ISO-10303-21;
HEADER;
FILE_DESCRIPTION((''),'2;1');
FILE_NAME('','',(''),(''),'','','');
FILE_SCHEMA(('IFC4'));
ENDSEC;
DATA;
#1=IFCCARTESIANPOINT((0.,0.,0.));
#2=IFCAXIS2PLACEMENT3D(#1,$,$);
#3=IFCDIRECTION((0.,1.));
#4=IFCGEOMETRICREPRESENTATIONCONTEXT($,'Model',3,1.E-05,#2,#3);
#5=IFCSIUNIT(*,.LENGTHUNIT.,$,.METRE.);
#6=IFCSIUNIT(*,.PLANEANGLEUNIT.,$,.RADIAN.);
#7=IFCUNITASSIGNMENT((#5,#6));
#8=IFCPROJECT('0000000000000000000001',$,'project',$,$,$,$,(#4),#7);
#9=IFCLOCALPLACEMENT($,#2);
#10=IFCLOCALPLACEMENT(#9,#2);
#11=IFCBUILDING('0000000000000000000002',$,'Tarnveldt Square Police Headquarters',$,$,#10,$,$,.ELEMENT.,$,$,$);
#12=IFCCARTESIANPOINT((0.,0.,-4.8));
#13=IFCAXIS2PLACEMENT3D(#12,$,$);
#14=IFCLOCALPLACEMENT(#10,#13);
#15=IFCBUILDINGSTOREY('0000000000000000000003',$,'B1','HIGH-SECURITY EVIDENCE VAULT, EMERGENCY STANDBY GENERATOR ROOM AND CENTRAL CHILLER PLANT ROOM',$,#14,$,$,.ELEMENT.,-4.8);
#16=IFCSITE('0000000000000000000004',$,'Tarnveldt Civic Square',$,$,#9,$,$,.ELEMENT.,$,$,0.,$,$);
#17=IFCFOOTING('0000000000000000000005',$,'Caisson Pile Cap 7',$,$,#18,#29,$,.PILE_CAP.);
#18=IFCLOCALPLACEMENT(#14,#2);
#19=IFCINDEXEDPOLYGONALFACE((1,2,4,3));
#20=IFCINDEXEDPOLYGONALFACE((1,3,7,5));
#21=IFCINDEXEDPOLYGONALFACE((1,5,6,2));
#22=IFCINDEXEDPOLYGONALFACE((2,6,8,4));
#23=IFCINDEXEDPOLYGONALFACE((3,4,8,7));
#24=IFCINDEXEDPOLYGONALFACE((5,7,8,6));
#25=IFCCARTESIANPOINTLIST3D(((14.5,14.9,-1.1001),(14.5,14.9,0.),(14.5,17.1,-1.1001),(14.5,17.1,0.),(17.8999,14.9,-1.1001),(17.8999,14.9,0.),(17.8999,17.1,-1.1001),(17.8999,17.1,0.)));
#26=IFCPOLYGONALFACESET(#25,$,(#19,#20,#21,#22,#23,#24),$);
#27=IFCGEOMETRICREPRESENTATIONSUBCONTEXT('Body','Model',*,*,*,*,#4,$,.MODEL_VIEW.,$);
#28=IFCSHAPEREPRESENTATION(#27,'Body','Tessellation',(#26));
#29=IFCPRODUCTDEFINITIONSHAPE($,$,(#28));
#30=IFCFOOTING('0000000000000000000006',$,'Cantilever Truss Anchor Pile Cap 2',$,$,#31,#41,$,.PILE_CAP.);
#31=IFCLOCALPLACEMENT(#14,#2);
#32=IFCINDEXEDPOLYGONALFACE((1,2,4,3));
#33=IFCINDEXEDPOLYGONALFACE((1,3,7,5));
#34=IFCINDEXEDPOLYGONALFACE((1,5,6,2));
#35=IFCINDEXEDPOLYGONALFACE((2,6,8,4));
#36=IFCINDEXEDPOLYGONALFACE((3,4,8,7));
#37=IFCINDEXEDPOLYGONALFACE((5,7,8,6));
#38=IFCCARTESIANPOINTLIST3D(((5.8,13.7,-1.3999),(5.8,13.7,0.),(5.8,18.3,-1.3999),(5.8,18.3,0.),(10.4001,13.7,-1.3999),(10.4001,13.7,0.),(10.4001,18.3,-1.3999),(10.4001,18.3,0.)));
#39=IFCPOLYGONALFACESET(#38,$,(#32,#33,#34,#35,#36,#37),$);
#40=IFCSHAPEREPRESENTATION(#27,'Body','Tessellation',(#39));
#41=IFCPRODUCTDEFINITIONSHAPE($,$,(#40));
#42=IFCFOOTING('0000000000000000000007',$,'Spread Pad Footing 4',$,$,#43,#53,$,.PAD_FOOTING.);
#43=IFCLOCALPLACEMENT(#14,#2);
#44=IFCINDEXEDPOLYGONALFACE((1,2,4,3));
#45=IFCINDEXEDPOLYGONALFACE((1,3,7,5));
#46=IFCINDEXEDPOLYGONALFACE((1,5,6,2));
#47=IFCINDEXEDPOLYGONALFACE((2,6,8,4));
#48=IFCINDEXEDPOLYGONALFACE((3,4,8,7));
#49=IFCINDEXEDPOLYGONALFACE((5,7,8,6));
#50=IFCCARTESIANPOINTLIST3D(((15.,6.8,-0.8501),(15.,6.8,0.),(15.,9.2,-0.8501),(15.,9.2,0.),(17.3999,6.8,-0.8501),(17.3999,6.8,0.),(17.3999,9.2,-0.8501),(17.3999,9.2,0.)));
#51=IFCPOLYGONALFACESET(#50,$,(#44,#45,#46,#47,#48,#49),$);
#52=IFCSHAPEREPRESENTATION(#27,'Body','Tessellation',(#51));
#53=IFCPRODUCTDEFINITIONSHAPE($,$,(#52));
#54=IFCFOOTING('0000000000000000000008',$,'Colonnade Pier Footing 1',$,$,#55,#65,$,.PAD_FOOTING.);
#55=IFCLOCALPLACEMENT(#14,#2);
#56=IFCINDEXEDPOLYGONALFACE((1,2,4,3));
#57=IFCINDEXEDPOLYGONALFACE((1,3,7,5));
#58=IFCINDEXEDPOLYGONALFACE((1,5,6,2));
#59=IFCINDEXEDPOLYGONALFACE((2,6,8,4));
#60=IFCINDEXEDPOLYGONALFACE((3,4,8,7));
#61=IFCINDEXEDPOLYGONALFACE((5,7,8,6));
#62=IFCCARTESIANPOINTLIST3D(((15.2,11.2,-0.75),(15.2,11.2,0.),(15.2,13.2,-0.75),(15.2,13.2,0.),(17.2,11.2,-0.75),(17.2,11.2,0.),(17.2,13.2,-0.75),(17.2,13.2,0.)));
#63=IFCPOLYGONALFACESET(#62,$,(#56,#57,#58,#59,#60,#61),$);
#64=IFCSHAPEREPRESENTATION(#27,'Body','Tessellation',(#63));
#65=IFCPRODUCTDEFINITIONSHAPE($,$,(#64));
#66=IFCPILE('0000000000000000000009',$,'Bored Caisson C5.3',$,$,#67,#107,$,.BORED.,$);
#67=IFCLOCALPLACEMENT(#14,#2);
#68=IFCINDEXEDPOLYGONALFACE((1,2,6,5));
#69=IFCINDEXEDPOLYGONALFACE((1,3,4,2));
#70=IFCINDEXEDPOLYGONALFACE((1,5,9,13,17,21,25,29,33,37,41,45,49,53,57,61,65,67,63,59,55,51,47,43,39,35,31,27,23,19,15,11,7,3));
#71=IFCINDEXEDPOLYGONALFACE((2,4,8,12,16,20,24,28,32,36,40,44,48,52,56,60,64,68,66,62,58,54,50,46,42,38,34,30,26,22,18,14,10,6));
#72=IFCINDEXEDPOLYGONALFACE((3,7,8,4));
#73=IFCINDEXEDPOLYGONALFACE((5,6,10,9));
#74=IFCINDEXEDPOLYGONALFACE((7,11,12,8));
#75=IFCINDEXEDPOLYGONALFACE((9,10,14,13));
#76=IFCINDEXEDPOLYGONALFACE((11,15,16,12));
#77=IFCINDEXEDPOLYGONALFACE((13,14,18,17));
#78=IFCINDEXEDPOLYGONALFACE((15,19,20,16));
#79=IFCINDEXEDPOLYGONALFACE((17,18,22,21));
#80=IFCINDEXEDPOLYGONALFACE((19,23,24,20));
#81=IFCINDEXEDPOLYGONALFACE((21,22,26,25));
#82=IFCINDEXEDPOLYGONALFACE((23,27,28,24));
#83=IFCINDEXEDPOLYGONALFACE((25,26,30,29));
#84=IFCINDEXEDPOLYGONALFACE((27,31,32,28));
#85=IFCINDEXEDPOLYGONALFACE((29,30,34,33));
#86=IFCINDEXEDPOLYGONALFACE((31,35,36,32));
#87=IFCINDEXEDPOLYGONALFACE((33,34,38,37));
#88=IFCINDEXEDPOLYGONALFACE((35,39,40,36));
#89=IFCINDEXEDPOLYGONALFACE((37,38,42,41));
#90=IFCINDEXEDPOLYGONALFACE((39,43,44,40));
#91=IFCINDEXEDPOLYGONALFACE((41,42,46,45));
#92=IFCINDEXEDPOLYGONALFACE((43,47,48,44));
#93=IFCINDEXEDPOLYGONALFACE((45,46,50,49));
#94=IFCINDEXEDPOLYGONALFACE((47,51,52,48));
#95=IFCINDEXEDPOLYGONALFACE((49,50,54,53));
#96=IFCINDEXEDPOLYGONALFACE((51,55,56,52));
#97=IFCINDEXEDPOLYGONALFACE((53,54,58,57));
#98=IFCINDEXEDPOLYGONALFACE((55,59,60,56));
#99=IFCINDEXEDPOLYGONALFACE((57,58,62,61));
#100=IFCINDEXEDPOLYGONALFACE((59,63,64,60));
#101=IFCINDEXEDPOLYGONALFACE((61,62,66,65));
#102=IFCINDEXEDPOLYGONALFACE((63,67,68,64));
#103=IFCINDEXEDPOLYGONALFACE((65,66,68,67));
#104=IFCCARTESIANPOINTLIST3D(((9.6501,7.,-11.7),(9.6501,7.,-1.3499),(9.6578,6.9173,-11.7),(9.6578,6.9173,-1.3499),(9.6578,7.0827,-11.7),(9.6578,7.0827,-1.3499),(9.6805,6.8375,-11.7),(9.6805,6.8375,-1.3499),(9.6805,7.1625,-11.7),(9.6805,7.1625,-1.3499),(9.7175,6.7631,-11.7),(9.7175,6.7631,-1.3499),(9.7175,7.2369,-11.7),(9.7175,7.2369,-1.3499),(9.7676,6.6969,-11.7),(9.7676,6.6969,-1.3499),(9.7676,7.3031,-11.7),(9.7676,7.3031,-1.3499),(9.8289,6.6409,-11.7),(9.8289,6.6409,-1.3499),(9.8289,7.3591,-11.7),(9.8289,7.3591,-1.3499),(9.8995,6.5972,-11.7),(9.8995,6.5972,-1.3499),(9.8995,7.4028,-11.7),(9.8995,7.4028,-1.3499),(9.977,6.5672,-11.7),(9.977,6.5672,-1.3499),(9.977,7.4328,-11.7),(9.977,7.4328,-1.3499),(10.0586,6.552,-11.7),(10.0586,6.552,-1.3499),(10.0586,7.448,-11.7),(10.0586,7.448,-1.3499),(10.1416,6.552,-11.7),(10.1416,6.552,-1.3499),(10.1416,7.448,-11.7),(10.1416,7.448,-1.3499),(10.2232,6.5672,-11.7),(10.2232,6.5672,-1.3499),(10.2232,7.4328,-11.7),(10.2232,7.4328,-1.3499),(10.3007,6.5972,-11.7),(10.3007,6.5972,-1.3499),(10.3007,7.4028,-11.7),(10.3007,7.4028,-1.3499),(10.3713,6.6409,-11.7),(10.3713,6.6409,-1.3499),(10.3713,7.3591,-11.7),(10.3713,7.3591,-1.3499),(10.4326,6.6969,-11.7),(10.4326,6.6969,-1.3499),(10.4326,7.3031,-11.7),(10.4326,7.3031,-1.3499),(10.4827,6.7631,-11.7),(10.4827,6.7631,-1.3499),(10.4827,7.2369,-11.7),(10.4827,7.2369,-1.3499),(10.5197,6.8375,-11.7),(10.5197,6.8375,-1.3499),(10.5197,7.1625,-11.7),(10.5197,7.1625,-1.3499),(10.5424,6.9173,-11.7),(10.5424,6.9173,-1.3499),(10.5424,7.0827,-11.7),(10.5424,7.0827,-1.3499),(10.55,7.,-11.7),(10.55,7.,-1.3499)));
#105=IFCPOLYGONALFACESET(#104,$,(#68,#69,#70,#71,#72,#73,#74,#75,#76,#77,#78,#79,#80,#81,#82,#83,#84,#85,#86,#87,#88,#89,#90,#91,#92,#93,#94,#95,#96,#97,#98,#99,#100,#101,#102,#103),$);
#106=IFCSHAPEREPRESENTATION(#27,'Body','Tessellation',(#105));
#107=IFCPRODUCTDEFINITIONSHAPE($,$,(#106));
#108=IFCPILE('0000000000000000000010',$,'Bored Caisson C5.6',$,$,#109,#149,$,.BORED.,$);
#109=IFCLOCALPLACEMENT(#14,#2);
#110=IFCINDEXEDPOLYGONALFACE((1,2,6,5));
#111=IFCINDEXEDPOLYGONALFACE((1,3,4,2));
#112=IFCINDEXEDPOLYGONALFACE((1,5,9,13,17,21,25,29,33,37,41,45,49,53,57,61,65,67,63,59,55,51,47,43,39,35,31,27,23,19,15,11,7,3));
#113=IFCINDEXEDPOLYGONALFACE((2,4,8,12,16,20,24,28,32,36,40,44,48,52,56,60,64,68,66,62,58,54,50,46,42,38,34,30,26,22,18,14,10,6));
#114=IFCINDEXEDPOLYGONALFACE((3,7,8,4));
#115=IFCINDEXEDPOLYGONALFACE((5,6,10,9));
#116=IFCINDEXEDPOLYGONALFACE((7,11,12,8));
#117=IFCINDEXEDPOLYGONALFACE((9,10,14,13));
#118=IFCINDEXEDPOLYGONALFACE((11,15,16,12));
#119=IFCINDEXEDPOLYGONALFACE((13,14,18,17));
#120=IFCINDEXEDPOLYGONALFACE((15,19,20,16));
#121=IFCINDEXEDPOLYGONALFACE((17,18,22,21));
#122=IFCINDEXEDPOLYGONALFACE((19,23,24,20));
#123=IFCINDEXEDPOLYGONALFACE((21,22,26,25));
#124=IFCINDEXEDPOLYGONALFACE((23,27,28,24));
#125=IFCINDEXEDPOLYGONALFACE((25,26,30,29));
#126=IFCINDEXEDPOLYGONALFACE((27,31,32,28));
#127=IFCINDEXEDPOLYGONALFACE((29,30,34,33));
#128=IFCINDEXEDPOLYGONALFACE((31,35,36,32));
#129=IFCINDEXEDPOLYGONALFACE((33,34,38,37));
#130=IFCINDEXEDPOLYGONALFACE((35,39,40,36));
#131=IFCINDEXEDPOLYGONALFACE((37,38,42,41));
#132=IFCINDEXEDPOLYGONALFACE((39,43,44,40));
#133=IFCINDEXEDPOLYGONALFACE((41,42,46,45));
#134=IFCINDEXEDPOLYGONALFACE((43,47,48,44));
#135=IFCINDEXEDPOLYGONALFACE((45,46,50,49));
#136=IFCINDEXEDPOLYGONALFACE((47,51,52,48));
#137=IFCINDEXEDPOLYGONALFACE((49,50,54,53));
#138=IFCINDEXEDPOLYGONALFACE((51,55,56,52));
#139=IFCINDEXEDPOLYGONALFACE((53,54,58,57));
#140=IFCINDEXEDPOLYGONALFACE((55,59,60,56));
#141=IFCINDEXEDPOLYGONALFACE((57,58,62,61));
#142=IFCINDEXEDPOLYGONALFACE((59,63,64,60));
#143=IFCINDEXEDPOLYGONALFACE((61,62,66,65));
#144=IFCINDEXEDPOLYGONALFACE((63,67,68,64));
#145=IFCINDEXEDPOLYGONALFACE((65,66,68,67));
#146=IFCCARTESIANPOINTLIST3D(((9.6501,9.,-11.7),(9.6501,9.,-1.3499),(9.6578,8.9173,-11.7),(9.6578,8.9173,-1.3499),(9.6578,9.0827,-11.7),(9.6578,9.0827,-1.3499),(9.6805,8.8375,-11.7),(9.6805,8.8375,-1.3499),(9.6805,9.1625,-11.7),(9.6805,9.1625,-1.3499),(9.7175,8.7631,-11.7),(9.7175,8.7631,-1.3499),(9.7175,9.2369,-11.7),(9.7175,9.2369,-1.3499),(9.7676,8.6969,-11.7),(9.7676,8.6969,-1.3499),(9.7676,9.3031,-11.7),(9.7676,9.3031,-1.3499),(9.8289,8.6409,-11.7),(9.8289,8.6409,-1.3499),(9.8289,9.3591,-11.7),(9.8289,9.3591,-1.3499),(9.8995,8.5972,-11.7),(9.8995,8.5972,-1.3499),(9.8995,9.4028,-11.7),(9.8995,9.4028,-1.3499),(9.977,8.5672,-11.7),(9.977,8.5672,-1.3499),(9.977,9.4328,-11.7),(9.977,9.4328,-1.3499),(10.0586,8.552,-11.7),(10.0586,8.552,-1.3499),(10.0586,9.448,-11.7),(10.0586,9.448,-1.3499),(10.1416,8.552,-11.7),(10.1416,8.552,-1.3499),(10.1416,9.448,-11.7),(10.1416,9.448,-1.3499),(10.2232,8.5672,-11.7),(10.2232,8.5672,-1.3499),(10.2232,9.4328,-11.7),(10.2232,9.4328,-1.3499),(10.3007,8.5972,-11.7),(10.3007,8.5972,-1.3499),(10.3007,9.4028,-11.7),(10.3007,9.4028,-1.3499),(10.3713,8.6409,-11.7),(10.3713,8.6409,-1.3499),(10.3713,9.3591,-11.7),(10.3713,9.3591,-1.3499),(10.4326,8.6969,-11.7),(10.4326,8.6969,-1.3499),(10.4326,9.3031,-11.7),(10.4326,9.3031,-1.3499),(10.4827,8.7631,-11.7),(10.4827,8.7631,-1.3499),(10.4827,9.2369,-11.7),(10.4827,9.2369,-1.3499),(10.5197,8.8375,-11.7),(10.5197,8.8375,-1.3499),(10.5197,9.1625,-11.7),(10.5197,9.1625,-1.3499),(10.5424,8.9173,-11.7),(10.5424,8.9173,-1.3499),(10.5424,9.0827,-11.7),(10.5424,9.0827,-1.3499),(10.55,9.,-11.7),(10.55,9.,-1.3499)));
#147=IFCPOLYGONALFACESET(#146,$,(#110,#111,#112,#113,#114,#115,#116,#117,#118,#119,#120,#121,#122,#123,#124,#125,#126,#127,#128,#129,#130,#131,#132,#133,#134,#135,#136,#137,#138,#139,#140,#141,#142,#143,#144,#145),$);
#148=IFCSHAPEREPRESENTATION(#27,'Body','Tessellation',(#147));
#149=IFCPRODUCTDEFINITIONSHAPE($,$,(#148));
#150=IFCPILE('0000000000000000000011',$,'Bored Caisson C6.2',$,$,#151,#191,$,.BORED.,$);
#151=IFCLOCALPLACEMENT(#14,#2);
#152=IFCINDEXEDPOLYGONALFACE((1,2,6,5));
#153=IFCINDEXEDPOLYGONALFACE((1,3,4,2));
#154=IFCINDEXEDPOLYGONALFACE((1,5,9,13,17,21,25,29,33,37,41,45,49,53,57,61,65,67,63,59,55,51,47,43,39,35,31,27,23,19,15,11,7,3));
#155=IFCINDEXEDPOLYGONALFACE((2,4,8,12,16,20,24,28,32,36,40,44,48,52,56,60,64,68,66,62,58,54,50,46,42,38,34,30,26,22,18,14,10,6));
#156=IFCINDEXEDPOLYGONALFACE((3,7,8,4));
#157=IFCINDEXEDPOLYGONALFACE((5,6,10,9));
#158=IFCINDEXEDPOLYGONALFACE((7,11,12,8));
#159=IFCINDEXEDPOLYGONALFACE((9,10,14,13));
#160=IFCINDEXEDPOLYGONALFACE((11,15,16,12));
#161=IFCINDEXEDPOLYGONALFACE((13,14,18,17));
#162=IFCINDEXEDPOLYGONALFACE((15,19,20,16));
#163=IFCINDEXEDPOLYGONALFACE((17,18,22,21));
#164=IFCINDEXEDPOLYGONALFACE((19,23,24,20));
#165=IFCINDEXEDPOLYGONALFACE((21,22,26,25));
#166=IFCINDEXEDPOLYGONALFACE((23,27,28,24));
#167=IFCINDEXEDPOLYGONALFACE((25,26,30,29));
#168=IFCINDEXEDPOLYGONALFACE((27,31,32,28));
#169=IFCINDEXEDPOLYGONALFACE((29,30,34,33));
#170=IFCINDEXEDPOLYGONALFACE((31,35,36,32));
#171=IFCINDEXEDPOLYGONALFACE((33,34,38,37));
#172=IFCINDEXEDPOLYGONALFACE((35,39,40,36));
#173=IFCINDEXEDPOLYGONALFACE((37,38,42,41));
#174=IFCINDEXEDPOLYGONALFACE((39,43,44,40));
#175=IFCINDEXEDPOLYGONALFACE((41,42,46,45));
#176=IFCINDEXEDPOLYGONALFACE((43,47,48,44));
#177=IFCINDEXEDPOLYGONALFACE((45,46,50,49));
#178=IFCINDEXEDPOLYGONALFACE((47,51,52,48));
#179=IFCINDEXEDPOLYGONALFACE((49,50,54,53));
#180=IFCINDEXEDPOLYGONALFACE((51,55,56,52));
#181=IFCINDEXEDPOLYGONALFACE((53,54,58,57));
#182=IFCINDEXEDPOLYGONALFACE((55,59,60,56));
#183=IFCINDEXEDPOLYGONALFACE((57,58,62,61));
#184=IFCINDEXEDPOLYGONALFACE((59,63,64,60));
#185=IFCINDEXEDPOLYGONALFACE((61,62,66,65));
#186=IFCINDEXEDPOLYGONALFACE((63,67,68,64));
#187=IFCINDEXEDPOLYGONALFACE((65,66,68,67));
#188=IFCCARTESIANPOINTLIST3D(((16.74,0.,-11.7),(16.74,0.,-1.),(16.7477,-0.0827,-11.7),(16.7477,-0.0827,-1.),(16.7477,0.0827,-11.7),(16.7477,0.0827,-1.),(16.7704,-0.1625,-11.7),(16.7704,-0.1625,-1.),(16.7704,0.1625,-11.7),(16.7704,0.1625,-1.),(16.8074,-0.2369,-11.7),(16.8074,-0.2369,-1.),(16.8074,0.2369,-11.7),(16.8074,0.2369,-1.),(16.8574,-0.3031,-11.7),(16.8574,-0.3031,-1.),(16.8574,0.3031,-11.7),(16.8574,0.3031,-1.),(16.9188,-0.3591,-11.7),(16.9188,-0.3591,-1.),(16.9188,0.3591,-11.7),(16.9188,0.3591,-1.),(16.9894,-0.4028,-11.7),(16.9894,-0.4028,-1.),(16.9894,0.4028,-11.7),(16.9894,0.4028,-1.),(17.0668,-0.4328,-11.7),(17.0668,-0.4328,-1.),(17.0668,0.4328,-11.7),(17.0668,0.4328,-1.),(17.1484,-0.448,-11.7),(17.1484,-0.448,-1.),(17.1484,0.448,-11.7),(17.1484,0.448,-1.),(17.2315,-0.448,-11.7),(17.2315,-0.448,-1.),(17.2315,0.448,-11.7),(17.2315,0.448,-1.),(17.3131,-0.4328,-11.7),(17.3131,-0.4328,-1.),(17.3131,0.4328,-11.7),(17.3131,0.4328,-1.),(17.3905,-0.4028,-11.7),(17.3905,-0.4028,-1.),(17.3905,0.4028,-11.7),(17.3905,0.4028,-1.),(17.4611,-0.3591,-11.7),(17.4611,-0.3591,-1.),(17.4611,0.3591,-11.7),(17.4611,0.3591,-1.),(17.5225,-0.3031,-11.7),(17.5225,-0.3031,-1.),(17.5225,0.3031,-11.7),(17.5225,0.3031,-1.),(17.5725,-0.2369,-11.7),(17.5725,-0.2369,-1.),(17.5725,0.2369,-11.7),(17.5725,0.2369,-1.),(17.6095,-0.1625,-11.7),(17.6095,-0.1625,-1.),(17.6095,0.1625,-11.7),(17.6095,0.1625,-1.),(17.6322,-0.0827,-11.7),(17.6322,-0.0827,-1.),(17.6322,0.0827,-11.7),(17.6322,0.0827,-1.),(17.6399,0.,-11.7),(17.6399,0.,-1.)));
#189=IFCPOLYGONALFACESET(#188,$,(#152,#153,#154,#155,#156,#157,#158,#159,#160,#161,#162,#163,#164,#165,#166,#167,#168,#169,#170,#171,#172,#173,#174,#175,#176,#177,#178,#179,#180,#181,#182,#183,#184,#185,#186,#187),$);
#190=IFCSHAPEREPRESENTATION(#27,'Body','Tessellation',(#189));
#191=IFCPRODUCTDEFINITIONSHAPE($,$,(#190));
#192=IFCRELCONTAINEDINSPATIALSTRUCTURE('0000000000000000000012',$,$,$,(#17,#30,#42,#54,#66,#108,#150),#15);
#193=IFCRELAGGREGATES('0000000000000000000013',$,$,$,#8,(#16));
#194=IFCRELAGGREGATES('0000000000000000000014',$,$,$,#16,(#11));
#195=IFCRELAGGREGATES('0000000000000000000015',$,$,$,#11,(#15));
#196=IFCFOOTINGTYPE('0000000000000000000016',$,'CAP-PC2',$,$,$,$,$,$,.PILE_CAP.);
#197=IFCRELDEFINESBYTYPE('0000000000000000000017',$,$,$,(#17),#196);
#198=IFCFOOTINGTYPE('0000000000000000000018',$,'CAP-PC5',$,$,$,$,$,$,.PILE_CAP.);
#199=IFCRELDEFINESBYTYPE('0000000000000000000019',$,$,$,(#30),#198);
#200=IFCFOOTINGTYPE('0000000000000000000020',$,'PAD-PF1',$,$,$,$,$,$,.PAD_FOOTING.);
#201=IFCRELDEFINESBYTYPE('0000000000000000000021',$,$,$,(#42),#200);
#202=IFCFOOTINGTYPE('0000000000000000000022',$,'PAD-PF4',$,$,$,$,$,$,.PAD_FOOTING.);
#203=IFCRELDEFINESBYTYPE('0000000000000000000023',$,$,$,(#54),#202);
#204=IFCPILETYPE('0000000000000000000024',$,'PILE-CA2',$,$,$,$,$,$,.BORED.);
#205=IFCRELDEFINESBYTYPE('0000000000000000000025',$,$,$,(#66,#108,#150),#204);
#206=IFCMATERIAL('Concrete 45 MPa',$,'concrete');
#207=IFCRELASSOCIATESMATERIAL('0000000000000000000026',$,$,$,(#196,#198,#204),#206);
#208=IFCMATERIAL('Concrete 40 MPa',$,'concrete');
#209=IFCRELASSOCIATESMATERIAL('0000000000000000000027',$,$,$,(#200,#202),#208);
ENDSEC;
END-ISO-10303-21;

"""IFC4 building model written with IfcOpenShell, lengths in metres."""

from ifc_helpers import new_model, si_unit, direction, frame, origin, origin_2d, place, context, subcontext, project, spatial, rectangle, circle, extrude, material, material_profile, profile_set, type_object, element, save


model = new_model("IFC4")

# Units and contexts
model_context = context("Model", 3, precision=1e-05, world=origin(), true_north=direction((0.0, 1.0)))
body_context = subcontext(model_context, "Body", "Model", "MODEL_VIEW")
ifc_project = project(units=[si_unit("LENGTHUNIT", "METRE"), si_unit("PLANEANGLEUNIT", "RADIAN")], contexts=[model_context])

# Site, building, storey
site_placement = place(None, origin())
site = spatial("IfcSite", under=ifc_project, at=site_placement, Name="Tarnveldt Civic Square", CompositionType="ELEMENT", RefElevation=0.0)
building_placement = place(site_placement, origin())
building = spatial("IfcBuilding", under=site, at=building_placement, Name="Tarnveldt Square Police Headquarters", CompositionType="ELEMENT")
storey_placement = place(building_placement, frame((0.0, 0.0, -4.8)))
storey = spatial("IfcBuildingStorey", under=building, at=storey_placement, Name="B1", Description="HIGH-SECURITY EVIDENCE VAULT, EMERGENCY STANDBY GENERATOR ROOM AND CENTRAL CHILLER PLANT ROOM", CompositionType="ELEMENT", Elevation=-4.8)

# Footings
ifc_material_1 = material(Name="Concrete 45 MPa", Category="concrete")
footing_type_1 = type_object("IfcFootingType", Name="CAP-PC2", PredefinedType="PILE_CAP", material=ifc_material_1)
footing_1_placement = place(storey_placement, frame((16.2, 16.0, -1.1001), z_axis=(0.0, 0.0, 1.0), x_axis=(1.0, 0.0, 0.0)))
element("IfcFooting", 1, at=footing_1_placement, inside=storey, type_object=footing_type_1, Name="Caisson Pile Cap 7", PredefinedType="PILE_CAP", context=body_context, shape_type="SweptSolid", body=[
    extrude(rectangle(XDim=3.3999, YDim=2.2, at=origin_2d()), origin(), (0.0, 0.0, 1.0), 1.1001),
])
footing_type_2 = type_object("IfcFootingType", Name="CAP-PC5", PredefinedType="PILE_CAP", material=ifc_material_1)
footing_2_placement = place(storey_placement, frame((8.1001, 16.0, -1.3999), z_axis=(0.0, 0.0, 1.0), x_axis=(1.0, 0.0, 0.0)))
element("IfcFooting", 2, at=footing_2_placement, inside=storey, type_object=footing_type_2, Name="Cantilever Truss Anchor Pile Cap 2", PredefinedType="PILE_CAP", context=body_context, shape_type="SweptSolid", body=[
    extrude(rectangle(XDim=4.6001, YDim=4.6001, at=origin_2d()), origin(), (0.0, 0.0, 1.0), 1.3999),
])
ifc_material_2 = material(Name="Concrete 40 MPa", Category="concrete")
footing_type_3 = type_object("IfcFootingType", Name="PAD-PF1", PredefinedType="PAD_FOOTING", material=ifc_material_2)
footing_3_placement = place(storey_placement, frame((16.2, 8.0, -0.8501), z_axis=(0.0, 0.0, 1.0), x_axis=(1.0, 0.0, 0.0)))
element("IfcFooting", 3, at=footing_3_placement, inside=storey, type_object=footing_type_3, Name="Spread Pad Footing 4", PredefinedType="PAD_FOOTING", context=body_context, shape_type="SweptSolid", body=[
    extrude(rectangle(XDim=2.3999, YDim=2.3999, at=origin_2d()), origin(), (0.0, 0.0, 1.0), 0.8501),
])
footing_type_4 = type_object("IfcFootingType", Name="PAD-PF4", PredefinedType="PAD_FOOTING", material=ifc_material_2)
footing_4_placement = place(storey_placement, frame((16.2, 12.2, -0.75), z_axis=(0.0, 0.0, 1.0), x_axis=(1.0, 0.0, 0.0)))
element("IfcFooting", 4, at=footing_4_placement, inside=storey, type_object=footing_type_4, Name="Colonnade Pier Footing 1", PredefinedType="PAD_FOOTING", context=body_context, shape_type="SweptSolid", body=[
    extrude(rectangle(XDim=2.0, YDim=2.0, at=origin_2d()), origin(), (0.0, 0.0, 1.0), 0.75),
])

# Piles
ifc_material_profile_1 = material_profile(ifc_material_1, circle(Radius=0.45, at=origin_2d()), Name="CAISSON-D900")
ifc_profile_set_1 = profile_set([ifc_material_profile_1], Name="Concrete 45 MPa")
pile_type_1 = type_object("IfcPileType", Name="PILE-CA2", PredefinedType="BORED", material=ifc_profile_set_1)
for number, where, z_axis, x_axis, name in (
    (5, (10.1001, 7.0, -1.3499), (0.0, 0.0, -1.0), (1.0, 0.0, 0.0), "Bored Caisson C5.3"),
    (6, (10.1001, 9.0, -1.3499), (0.0, 0.0, -1.0), (1.0, 0.0, 0.0), "Bored Caisson C5.6"),
):
    element("IfcPile", number, at=place(storey_placement, frame(where, z_axis=z_axis, x_axis=x_axis)), inside=storey, type_object=pile_type_1, Name=name, PredefinedType="BORED", context=body_context, shape_type="SweptSolid", body=[
        extrude(circle(Radius=0.45, at=origin_2d()), origin(), (0.0, 0.0, 1.0), 10.3501),
    ])
for number, where, z_axis, x_axis, name in (
    (7, (17.1899, 0.0, -1.0), (0.0, 0.0, -1.0), (1.0, 0.0, 0.0), "Bored Caisson C6.2"),
):
    element("IfcPile", number, at=place(storey_placement, frame(where, z_axis=z_axis, x_axis=x_axis)), inside=storey, type_object=pile_type_1, Name=name, PredefinedType="BORED", context=body_context, shape_type="SweptSolid", body=[
        extrude(circle(Radius=0.45, at=origin_2d()), origin(), (0.0, 0.0, 1.0), 10.7),
    ])

save(model, "model.ifc")
